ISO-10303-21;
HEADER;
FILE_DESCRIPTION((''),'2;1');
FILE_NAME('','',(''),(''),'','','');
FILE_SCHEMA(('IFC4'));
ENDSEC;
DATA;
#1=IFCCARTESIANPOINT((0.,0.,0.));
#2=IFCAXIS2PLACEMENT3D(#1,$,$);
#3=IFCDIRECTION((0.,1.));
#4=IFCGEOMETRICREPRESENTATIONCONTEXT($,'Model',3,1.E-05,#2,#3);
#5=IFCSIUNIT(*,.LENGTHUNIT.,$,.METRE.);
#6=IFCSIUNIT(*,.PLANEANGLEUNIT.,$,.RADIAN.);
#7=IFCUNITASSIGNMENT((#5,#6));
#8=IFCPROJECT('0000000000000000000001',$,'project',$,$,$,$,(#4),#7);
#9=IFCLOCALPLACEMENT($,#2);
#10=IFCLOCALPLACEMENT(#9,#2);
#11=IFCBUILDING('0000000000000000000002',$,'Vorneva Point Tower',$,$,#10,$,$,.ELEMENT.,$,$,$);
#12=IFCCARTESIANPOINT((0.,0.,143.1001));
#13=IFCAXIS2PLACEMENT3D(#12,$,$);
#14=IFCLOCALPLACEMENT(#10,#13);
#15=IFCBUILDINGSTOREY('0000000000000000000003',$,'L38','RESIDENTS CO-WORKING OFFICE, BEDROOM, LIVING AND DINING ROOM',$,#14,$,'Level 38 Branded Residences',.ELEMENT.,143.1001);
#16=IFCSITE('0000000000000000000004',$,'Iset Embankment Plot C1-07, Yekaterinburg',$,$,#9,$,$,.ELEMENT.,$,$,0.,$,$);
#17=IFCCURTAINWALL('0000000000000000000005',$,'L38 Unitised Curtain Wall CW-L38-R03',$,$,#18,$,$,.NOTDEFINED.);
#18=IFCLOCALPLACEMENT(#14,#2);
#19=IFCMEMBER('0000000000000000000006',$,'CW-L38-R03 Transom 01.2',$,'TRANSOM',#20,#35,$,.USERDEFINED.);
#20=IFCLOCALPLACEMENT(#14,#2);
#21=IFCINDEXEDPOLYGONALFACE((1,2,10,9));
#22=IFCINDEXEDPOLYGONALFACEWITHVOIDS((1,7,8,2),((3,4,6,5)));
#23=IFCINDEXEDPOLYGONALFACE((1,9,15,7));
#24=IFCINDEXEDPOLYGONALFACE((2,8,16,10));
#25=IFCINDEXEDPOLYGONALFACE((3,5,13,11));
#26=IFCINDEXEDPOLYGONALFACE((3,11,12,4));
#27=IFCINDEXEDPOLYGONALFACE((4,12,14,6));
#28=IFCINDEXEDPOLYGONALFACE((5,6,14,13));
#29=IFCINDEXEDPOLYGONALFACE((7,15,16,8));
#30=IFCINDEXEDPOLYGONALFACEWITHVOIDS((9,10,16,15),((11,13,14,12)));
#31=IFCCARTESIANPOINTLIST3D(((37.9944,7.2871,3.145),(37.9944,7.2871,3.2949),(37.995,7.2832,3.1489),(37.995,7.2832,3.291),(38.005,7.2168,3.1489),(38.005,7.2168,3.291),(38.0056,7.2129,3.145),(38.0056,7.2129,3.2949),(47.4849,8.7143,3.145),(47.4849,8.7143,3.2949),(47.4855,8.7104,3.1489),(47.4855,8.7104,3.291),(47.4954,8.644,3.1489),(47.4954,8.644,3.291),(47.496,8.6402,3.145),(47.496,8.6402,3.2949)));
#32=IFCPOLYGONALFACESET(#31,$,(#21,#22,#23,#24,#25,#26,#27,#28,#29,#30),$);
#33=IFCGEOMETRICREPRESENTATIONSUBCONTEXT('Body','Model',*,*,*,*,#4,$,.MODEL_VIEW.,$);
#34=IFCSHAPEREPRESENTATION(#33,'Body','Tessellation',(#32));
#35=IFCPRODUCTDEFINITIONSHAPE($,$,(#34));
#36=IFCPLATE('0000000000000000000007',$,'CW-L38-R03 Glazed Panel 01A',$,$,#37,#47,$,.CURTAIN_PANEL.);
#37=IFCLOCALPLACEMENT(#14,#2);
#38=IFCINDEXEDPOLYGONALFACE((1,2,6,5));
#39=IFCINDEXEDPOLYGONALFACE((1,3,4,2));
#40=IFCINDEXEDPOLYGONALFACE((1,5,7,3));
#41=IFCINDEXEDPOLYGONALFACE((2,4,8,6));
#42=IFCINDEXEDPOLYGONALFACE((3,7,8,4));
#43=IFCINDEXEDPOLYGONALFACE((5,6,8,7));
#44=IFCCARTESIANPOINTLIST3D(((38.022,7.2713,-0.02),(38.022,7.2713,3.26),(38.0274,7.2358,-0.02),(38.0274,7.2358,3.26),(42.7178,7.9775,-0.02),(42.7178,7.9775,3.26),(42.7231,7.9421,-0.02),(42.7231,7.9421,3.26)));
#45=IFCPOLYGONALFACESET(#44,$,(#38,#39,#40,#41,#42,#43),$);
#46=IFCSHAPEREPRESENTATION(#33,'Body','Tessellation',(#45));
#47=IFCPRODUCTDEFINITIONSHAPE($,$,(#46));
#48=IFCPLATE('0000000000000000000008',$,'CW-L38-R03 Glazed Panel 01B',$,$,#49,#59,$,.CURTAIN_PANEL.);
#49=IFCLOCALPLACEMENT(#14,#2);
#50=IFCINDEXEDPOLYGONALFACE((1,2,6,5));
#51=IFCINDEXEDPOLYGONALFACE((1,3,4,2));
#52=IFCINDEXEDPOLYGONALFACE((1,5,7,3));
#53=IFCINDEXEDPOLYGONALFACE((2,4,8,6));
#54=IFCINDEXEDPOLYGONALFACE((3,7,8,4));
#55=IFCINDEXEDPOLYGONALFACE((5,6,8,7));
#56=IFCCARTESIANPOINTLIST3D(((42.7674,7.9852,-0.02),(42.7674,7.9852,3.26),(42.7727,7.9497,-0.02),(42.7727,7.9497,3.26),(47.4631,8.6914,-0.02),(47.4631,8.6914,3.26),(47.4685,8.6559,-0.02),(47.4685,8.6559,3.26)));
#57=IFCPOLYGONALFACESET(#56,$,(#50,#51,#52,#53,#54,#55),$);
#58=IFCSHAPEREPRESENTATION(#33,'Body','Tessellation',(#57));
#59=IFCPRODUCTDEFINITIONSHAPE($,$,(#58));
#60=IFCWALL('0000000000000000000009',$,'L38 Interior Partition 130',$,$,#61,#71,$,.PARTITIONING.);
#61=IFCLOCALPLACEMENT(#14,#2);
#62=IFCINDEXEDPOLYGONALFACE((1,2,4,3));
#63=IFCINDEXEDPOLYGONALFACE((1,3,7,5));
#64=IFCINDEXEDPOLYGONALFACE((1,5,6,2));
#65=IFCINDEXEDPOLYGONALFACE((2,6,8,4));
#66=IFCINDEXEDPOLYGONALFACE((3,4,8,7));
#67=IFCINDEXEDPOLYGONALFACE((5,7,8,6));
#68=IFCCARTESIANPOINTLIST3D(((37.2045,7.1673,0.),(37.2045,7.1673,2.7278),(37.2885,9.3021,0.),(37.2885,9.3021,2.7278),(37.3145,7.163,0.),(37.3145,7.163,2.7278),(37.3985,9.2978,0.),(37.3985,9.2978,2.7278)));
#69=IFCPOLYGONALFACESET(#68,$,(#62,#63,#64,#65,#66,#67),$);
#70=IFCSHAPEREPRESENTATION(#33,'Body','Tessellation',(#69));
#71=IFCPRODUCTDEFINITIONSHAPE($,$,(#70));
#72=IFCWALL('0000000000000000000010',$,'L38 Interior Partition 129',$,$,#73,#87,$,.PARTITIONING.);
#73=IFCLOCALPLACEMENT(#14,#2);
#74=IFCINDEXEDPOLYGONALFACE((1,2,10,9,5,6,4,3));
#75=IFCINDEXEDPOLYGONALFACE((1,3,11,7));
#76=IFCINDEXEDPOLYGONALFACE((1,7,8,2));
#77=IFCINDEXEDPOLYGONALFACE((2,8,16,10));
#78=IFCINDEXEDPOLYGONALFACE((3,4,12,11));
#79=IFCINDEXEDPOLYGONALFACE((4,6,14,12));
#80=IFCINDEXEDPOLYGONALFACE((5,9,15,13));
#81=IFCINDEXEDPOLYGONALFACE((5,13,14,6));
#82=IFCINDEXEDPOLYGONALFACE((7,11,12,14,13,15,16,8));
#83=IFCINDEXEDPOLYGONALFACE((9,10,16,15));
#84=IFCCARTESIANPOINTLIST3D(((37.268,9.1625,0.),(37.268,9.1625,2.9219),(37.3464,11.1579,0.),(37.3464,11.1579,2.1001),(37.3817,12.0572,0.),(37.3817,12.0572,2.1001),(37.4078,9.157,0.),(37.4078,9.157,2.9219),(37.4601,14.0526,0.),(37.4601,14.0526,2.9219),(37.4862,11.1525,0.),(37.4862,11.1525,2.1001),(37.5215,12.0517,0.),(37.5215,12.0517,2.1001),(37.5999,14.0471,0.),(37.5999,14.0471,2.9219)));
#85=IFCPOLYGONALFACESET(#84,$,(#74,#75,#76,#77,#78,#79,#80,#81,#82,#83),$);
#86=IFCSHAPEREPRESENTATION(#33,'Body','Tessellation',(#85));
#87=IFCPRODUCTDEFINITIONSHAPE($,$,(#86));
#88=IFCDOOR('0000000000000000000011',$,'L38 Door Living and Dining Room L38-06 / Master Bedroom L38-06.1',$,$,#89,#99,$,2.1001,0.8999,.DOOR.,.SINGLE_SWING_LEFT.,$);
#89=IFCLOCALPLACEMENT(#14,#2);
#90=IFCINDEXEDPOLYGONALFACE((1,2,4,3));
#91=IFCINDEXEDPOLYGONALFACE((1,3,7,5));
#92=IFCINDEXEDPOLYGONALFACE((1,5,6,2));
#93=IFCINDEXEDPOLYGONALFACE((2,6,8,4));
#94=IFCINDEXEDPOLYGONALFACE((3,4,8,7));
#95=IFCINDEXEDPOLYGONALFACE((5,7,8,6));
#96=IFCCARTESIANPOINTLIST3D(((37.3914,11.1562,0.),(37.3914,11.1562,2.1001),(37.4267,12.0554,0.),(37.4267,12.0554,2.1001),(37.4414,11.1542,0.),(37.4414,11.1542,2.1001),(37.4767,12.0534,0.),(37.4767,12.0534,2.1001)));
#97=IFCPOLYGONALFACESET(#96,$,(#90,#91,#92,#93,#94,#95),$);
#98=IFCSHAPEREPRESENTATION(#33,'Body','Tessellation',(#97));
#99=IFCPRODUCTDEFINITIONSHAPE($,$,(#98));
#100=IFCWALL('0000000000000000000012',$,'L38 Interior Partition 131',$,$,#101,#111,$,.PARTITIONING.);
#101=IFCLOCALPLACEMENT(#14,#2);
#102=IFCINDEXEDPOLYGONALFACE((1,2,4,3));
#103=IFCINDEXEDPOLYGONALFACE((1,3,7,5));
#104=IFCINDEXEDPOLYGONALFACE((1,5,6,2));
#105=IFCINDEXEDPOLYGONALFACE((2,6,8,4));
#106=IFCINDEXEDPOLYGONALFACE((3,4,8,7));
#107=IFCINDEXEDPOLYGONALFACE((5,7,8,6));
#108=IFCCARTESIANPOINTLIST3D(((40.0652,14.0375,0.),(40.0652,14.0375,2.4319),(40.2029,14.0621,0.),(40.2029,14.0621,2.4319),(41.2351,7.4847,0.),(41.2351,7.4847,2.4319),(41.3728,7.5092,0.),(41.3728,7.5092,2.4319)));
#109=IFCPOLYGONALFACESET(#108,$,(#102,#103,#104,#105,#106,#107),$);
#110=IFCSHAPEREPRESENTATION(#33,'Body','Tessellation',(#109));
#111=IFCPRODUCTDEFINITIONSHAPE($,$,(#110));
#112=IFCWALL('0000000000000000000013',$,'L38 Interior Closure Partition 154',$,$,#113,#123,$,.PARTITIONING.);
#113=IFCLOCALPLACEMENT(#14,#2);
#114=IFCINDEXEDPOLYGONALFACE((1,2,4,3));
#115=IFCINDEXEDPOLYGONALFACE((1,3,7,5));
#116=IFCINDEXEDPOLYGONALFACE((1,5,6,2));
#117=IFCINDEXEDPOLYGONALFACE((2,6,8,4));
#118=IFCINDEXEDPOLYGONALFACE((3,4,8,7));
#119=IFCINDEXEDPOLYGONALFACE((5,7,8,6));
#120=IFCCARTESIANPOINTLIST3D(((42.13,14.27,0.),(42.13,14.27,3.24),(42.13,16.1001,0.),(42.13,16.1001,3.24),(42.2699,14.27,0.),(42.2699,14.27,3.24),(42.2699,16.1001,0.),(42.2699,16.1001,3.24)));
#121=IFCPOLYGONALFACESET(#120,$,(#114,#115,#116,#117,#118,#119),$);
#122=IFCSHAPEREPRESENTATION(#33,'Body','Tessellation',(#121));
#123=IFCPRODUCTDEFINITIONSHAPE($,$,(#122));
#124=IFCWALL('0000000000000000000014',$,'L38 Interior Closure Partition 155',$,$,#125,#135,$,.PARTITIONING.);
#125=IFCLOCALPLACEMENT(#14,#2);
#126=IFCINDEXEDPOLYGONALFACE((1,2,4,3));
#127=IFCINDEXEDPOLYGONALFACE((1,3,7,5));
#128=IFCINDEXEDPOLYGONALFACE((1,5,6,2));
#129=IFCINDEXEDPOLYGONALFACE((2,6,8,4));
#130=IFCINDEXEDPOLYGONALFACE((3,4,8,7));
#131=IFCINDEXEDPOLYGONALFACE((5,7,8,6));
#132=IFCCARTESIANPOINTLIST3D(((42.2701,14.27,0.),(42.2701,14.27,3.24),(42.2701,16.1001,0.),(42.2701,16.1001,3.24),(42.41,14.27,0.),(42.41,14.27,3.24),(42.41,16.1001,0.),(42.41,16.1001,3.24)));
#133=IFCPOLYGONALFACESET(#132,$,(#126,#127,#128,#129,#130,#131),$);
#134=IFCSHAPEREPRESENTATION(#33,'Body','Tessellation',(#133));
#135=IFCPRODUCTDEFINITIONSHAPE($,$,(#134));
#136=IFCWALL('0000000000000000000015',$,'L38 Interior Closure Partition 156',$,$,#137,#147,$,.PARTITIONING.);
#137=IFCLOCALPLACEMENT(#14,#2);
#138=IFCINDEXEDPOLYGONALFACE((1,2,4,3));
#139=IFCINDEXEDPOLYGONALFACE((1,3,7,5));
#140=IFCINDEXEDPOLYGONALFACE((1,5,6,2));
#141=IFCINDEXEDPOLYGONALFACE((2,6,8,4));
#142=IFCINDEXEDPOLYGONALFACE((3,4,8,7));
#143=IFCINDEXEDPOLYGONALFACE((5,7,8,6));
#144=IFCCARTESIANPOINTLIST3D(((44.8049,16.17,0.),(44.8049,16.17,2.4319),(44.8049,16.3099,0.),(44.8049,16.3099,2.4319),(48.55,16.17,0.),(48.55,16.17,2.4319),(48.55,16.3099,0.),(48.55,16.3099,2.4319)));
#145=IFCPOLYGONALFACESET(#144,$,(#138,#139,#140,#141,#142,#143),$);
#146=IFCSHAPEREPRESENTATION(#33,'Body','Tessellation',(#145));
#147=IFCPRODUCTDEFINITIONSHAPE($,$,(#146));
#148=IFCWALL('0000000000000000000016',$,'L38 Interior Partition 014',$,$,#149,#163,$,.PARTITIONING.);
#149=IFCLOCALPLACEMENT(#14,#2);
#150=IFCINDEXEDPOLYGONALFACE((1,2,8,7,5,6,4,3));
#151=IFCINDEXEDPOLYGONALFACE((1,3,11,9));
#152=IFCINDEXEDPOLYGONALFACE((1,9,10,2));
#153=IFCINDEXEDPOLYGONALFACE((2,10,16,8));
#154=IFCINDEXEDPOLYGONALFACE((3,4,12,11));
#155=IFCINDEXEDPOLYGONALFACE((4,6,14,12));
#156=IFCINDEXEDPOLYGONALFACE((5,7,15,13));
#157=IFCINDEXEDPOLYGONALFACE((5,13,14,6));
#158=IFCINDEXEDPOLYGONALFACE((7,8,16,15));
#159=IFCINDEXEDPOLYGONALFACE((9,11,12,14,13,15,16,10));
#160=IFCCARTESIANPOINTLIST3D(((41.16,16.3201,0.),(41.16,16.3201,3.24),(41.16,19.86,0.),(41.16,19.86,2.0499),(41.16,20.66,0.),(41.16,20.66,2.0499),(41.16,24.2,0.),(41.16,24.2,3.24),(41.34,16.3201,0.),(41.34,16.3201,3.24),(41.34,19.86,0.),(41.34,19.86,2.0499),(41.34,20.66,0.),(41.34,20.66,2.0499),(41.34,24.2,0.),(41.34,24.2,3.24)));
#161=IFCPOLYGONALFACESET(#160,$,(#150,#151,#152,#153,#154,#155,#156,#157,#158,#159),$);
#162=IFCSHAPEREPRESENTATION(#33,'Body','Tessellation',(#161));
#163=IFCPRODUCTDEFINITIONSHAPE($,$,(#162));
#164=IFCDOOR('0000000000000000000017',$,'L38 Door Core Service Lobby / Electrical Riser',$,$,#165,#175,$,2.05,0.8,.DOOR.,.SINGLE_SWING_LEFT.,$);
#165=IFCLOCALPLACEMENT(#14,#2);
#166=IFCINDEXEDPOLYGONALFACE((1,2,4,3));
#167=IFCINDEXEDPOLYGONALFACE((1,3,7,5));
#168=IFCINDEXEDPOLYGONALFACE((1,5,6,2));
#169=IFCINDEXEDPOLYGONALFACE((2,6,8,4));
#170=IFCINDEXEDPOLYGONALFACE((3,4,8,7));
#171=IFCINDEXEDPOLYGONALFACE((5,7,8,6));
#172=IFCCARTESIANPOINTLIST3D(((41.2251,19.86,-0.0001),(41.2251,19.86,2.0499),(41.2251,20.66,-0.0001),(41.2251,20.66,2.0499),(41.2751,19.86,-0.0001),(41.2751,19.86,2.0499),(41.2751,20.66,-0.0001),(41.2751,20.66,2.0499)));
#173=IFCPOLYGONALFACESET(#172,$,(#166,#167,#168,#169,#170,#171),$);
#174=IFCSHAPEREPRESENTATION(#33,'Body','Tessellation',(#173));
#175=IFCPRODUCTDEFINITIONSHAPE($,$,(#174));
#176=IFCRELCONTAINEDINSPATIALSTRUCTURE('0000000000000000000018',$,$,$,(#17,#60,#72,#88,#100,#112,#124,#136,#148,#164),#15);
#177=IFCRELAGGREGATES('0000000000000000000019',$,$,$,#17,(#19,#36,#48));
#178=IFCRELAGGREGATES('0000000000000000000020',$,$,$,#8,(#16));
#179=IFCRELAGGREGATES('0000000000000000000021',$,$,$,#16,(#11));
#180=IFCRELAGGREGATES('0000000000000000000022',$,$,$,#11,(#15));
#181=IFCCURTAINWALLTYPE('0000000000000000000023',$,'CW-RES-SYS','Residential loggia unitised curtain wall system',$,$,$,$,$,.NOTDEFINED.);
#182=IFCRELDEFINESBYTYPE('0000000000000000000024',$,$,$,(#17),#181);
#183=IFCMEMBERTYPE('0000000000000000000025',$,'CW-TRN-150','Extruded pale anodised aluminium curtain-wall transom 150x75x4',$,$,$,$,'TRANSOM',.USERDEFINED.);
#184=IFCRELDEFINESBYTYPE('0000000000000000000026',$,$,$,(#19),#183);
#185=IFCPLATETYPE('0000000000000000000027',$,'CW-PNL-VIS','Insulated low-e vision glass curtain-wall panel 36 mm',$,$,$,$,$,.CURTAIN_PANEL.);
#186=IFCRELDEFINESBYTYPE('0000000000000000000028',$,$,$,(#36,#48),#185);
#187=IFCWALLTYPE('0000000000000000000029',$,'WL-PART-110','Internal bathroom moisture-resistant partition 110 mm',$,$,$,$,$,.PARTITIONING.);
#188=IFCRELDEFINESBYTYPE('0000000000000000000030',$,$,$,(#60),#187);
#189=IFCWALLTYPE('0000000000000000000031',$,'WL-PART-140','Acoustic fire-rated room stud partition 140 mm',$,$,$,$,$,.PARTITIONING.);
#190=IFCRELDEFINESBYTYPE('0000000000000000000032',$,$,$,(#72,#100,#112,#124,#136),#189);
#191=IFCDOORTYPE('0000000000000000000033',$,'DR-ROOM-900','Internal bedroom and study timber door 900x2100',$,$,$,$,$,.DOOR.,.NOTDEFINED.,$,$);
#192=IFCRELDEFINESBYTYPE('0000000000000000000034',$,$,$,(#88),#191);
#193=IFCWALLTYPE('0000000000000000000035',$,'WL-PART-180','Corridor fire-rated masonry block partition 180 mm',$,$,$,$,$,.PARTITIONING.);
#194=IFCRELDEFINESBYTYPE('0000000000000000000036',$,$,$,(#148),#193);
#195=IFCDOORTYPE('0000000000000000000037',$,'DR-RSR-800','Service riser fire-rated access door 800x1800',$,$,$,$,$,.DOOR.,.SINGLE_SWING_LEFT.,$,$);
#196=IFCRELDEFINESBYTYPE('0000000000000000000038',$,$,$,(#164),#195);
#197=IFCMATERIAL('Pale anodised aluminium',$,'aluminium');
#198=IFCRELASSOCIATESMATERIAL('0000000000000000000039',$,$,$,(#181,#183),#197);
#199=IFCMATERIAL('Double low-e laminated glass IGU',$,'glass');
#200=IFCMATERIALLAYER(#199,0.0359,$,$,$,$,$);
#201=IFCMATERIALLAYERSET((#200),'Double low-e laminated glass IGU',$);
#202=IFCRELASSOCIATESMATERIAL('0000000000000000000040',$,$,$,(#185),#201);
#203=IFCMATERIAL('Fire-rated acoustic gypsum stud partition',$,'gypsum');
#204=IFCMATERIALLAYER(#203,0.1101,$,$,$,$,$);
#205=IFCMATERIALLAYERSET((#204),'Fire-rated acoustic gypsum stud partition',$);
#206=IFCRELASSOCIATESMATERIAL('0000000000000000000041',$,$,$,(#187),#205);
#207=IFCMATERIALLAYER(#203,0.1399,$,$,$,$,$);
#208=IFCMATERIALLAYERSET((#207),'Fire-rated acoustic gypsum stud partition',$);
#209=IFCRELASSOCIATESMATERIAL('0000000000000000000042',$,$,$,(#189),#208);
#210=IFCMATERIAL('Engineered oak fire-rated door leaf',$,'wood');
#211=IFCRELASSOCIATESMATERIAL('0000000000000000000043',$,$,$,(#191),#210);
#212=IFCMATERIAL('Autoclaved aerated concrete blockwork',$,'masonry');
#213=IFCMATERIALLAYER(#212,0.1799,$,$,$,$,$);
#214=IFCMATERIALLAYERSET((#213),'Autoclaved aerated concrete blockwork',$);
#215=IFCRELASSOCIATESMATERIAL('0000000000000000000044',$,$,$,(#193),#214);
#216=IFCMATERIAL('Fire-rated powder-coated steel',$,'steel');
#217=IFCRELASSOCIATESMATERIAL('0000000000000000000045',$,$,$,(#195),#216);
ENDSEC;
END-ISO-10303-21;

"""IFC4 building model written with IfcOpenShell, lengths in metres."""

from ifc_helpers import new_model, si_unit, direction, frame, frame_2d, origin, origin_2d, place, context, subcontext, project, spatial, rectangle, hollow_rectangle, extrude, material, layer, layer_set, material_profile, profile_set, type_object, element, fill, aggregate, save


model = new_model("IFC4")

# Units and contexts
model_context = context("Model", 3, precision=1e-05, world=origin(), true_north=direction((0.0, 1.0)))
body_context = subcontext(model_context, "Body", "Model", "MODEL_VIEW")
ifc_project = project(units=[si_unit("LENGTHUNIT", "METRE"), si_unit("PLANEANGLEUNIT", "RADIAN")], contexts=[model_context])

# Site, building, storey
site_placement = place(None, origin())
site = spatial("IfcSite", under=ifc_project, at=site_placement, Name="Iset Embankment Plot C1-07, Yekaterinburg", CompositionType="ELEMENT", RefElevation=0.0)
building_placement = place(site_placement, origin())
building = spatial("IfcBuilding", under=site, at=building_placement, Name="Vorneva Point Tower", CompositionType="ELEMENT")
storey_placement = place(building_placement, frame((0.0, 0.0, 143.1001)))
storey = spatial("IfcBuildingStorey", under=building, at=storey_placement, Name="L38", Description="RESIDENTS CO-WORKING OFFICE, BEDROOM, LIVING AND DINING ROOM", LongName="Level 38 Branded Residences", CompositionType="ELEMENT", Elevation=143.1001)

# Curtain wall, member, plates
ifc_material_1 = material(Name="Pale anodised aluminium", Category="aluminium")
curtain_wall_type = type_object("IfcCurtainWallType", Name="CW-RES-SYS", Description="Residential loggia unitised curtain wall system", PredefinedType="NOTDEFINED", material=ifc_material_1)
curtain_wall_placement = place(storey_placement, origin())
curtain_wall = element("IfcCurtainWall", 1, at=curtain_wall_placement, inside=storey, type_object=curtain_wall_type, Name="L38 Unitised Curtain Wall CW-L38-R03", PredefinedType="NOTDEFINED")
ifc_material_profile_1 = material_profile(ifc_material_1, hollow_rectangle(XDim=0.075, YDim=0.1499, WallThickness=0.0039, at=origin_2d()), Name="AL-TRN 150x75x4")
ifc_profile_set_1 = profile_set([ifc_material_profile_1], Name="Pale anodised aluminium")
member_type_1 = type_object("IfcMemberType", Name="CW-TRN-150", Description="Extruded pale anodised aluminium curtain-wall transom 150x75x4", ElementType="TRANSOM", PredefinedType="USERDEFINED", material=ifc_profile_set_1)
member_1_placement = place(storey_placement, frame((38.0, 7.25, 3.22), z_axis=(0.98888, 0.148715, 0.0), x_axis=(-0.148715, 0.98888, 0.0)))
member_1 = element("IfcMember", 2, at=member_1_placement, type_object=member_type_1, Name="CW-L38-R03 Transom 01.2", ObjectType="TRANSOM", PredefinedType="USERDEFINED", context=body_context, shape_type="SweptSolid", body=[
    extrude(hollow_rectangle(XDim=0.075, YDim=0.1499, WallThickness=0.0039, at=origin_2d()), origin(), (0.0, 0.0, 1.0), 9.5972),
])
ifc_material_2 = material(Name="Double low-e laminated glass IGU", Category="glass")
ifc_layer_1 = layer(ifc_material_2, 0.0359)
ifc_layer_set_1 = layer_set([ifc_layer_1], Name="Double low-e laminated glass IGU")
plate_type = type_object("IfcPlateType", Name="CW-PNL-VIS", Description="Insulated low-e vision glass curtain-wall panel 36 mm", PredefinedType="CURTAIN_PANEL", material=ifc_layer_set_1)
plate_1_placement = place(storey_placement, frame((40.3726, 7.6067, -0.02), z_axis=(0.0, 0.0, 1.0), x_axis=(0.988879, 0.148724, 0.0)))
plate_1 = element("IfcPlate", 3, at=plate_1_placement, type_object=plate_type, Name="CW-L38-R03 Glazed Panel 01A", PredefinedType="CURTAIN_PANEL", context=body_context, shape_type="SweptSolid", body=[
    extrude(rectangle(XDim=4.7485, YDim=0.0359, at=origin_2d()), origin(), (0.0, 0.0, 1.0), 3.28),
])
plate_2_placement = place(storey_placement, frame((45.1179, 8.3206, -0.02), z_axis=(0.0, 0.0, 1.0), x_axis=(0.988879, 0.148724, 0.0)))
plate_2 = element("IfcPlate", 4, at=plate_2_placement, type_object=plate_type, Name="CW-L38-R03 Glazed Panel 01B", PredefinedType="CURTAIN_PANEL", context=body_context, shape_type="SweptSolid", body=[
    extrude(rectangle(XDim=4.7485, YDim=0.0359, at=origin_2d()), origin(), (0.0, 0.0, 1.0), 3.28),
])
aggregate(curtain_wall, [member_1, plate_1, plate_2])

# Wall
ifc_material_3 = material(Name="Fire-rated acoustic gypsum stud partition", Category="gypsum")
ifc_layer_2 = layer(ifc_material_3, 0.1101)
ifc_layer_set_2 = layer_set([ifc_layer_2], Name="Fire-rated acoustic gypsum stud partition")
wall_type_1 = type_object("IfcWallType", Name="WL-PART-110", Description="Internal bathroom moisture-resistant partition 110 mm", PredefinedType="PARTITIONING", material=ifc_layer_set_2)
wall_1_placement = place(storey_placement, frame((37.2595, 7.165, 0.0), z_axis=(0.0, 0.0, 1.0), x_axis=(0.039311, 0.999227, 0.0)))
element("IfcWall", 5, at=wall_1_placement, inside=storey, type_object=wall_type_1, Name="L38 Interior Partition 130", PredefinedType="PARTITIONING", context=body_context, shape_type="SweptSolid", body=[
    extrude(rectangle(XDim=2.1365, YDim=0.1101, at=frame_2d((1.0684, 0.0))), origin(), (0.0, 0.0, 1.0), 2.7278),
])

# Wall, opening, door
ifc_layer_3 = layer(ifc_material_3, 0.1399)
ifc_layer_set_3 = layer_set([ifc_layer_3], Name="Fire-rated acoustic gypsum stud partition")
wall_type_2 = type_object("IfcWallType", Name="WL-PART-140", Description="Acoustic fire-rated room stud partition 140 mm", PredefinedType="PARTITIONING", material=ifc_layer_set_3)
wall_2_placement = place(storey_placement, frame((37.3379, 9.1599, 0.0), z_axis=(0.0, 0.0, 1.0), x_axis=(0.039261, 0.999229, 0.0)))
wall_2 = element("IfcWall", 6, at=wall_2_placement, inside=storey, type_object=wall_type_2, Name="L38 Interior Partition 129", PredefinedType="PARTITIONING", context=body_context, shape_type="SweptSolid", body=[
    extrude(rectangle(XDim=4.8938, YDim=0.1399, at=frame_2d((2.4468, 0.0))), origin(), (0.0, 0.0, 1.0), 2.9219),
])
opening_1_placement = place(wall_2_placement, frame((1.9968, 0.0, 0.0)))
opening_1 = element("IfcOpeningElement", 7, at=opening_1_placement, cuts=wall_2, PredefinedType="OPENING", context=body_context, shape_type="SweptSolid", body=[
    extrude(rectangle(XDim=0.8999, YDim=2.1001, at=frame_2d((0.45, 1.05))), frame((0.0, 0.085, 0.0), z_axis=(0.0, -1.0, 0.0), x_axis=(1.0, 0.0, 0.0)), (0.0, 0.0, 1.0), 0.1697),
])
ifc_material_4 = material(Name="Engineered oak fire-rated door leaf", Category="wood")
door_type_1 = type_object("IfcDoorType", Name="DR-ROOM-900", Description="Internal bedroom and study timber door 900x2100", OperationType="NOTDEFINED", PredefinedType="DOOR", material=ifc_material_4)
door_1_placement = place(opening_1_placement, origin())
door_1 = element("IfcDoor", 8, at=door_1_placement, inside=storey, type_object=door_type_1, Name="L38 Door Living and Dining Room L38-06 / Master Bedroom L38-06.1", OperationType="SINGLE_SWING_LEFT", OverallHeight=2.1001, OverallWidth=0.8999, PredefinedType="DOOR", context=body_context, shape_type="SweptSolid", body=[
    extrude(rectangle(XDim=0.8999, YDim=2.1001, at=frame_2d((0.45, 1.05))), frame((0.0, 0.0249, 0.0), z_axis=(0.0, -1.0, 0.0), x_axis=(1.0, 0.0, 0.0)), (0.0, 0.0, 1.0), 0.05),
])
fill(opening_1, door_1)

# Walls
wall_3_placement = place(storey_placement, frame((41.304, 7.4971, 0.0), z_axis=(0.0, 0.0, 1.0), x_axis=(-0.175754, 0.984434, 0.0)))
element("IfcWall", 9, at=wall_3_placement, inside=storey, type_object=wall_type_2, Name="L38 Interior Partition 131", PredefinedType="PARTITIONING", context=body_context, shape_type="SweptSolid", body=[
    extrude(rectangle(XDim=6.6565, YDim=0.1399, at=frame_2d((3.3281, 0.0))), origin(), (0.0, 0.0, 1.0), 2.4319),
])
for number, where, z_axis, x_axis, name in (
    (10, (42.2, 16.1001, 0.0), (0.0, 0.0, 1.0), (0.0, -1.0, 0.0), "L38 Interior Closure Partition 154"),
    (11, (42.3401, 14.27, 0.0), (0.0, 0.0, 1.0), (0.0, 1.0, 0.0), "L38 Interior Closure Partition 155"),
):
    element("IfcWall", number, at=place(storey_placement, frame(where, z_axis=z_axis, x_axis=x_axis)), inside=storey, type_object=wall_type_2, Name=name, PredefinedType="PARTITIONING", context=body_context, shape_type="SweptSolid", body=[
        extrude(rectangle(XDim=1.8301, YDim=0.1399, at=frame_2d((0.915, 0.0))), origin(), (0.0, 0.0, 1.0), 3.24),
    ])
wall_4_placement = place(storey_placement, frame((44.8049, 16.24, 0.0), z_axis=(0.0, 0.0, 1.0), x_axis=(1.0, 0.0, 0.0)))
element("IfcWall", 12, at=wall_4_placement, inside=storey, type_object=wall_type_2, Name="L38 Interior Closure Partition 156", PredefinedType="PARTITIONING", context=body_context, shape_type="SweptSolid", body=[
    extrude(rectangle(XDim=3.7451, YDim=0.1399, at=frame_2d((1.8726, 0.0))), origin(), (0.0, 0.0, 1.0), 2.4319),
])

# Wall, opening, door
ifc_material_5 = material(Name="Autoclaved aerated concrete blockwork", Category="masonry")
ifc_layer_4 = layer(ifc_material_5, 0.1799)
ifc_layer_set_4 = layer_set([ifc_layer_4], Name="Autoclaved aerated concrete blockwork")
wall_type_3 = type_object("IfcWallType", Name="WL-PART-180", Description="Corridor fire-rated masonry block partition 180 mm", PredefinedType="PARTITIONING", material=ifc_layer_set_4)
wall_5_placement = place(storey_placement, frame((41.25, 16.3201, 0.0), z_axis=(0.0, 0.0, 1.0), x_axis=(0.0, 1.0, 0.0)))
wall_5 = element("IfcWall", 13, at=wall_5_placement, inside=storey, type_object=wall_type_3, Name="L38 Interior Partition 014", PredefinedType="PARTITIONING", context=body_context, shape_type="SweptSolid", body=[
    extrude(rectangle(XDim=7.8799, YDim=0.1799, at=frame_2d((3.9399, 0.0))), origin(), (0.0, 0.0, 1.0), 3.24),
])
opening_2_placement = place(wall_5_placement, frame((3.54, 0.0, 0.0)))
opening_2 = element("IfcOpeningElement", 14, at=opening_2_placement, cuts=wall_5, PredefinedType="OPENING", context=body_context, shape_type="SweptSolid", body=[
    extrude(rectangle(XDim=0.8, YDim=2.05, at=frame_2d((0.3999, 1.0249))), frame((0.0, 0.105, 0.0), z_axis=(0.0, -1.0, 0.0), x_axis=(1.0, 0.0, 0.0)), (0.0, 0.0, 1.0), 0.2097),
])
ifc_material_6 = material(Name="Fire-rated powder-coated steel", Category="steel")
door_type_2 = type_object("IfcDoorType", Name="DR-RSR-800", Description="Service riser fire-rated access door 800x1800", OperationType="SINGLE_SWING_LEFT", PredefinedType="DOOR", material=ifc_material_6)
door_2_placement = place(opening_2_placement, origin())
door_2 = element("IfcDoor", 15, at=door_2_placement, inside=storey, type_object=door_type_2, Name="L38 Door Core Service Lobby / Electrical Riser", OperationType="SINGLE_SWING_LEFT", OverallHeight=2.05, OverallWidth=0.8, PredefinedType="DOOR", context=body_context, shape_type="SweptSolid", body=[
    extrude(rectangle(XDim=0.8, YDim=2.05, at=frame_2d((0.3999, 1.0249))), frame((0.0, 0.0249, 0.0), z_axis=(0.0, -1.0, 0.0), x_axis=(1.0, 0.0, 0.0)), (0.0, 0.0, 1.0), 0.05),
])
fill(opening_2, door_2)

save(model, "model.ifc")
